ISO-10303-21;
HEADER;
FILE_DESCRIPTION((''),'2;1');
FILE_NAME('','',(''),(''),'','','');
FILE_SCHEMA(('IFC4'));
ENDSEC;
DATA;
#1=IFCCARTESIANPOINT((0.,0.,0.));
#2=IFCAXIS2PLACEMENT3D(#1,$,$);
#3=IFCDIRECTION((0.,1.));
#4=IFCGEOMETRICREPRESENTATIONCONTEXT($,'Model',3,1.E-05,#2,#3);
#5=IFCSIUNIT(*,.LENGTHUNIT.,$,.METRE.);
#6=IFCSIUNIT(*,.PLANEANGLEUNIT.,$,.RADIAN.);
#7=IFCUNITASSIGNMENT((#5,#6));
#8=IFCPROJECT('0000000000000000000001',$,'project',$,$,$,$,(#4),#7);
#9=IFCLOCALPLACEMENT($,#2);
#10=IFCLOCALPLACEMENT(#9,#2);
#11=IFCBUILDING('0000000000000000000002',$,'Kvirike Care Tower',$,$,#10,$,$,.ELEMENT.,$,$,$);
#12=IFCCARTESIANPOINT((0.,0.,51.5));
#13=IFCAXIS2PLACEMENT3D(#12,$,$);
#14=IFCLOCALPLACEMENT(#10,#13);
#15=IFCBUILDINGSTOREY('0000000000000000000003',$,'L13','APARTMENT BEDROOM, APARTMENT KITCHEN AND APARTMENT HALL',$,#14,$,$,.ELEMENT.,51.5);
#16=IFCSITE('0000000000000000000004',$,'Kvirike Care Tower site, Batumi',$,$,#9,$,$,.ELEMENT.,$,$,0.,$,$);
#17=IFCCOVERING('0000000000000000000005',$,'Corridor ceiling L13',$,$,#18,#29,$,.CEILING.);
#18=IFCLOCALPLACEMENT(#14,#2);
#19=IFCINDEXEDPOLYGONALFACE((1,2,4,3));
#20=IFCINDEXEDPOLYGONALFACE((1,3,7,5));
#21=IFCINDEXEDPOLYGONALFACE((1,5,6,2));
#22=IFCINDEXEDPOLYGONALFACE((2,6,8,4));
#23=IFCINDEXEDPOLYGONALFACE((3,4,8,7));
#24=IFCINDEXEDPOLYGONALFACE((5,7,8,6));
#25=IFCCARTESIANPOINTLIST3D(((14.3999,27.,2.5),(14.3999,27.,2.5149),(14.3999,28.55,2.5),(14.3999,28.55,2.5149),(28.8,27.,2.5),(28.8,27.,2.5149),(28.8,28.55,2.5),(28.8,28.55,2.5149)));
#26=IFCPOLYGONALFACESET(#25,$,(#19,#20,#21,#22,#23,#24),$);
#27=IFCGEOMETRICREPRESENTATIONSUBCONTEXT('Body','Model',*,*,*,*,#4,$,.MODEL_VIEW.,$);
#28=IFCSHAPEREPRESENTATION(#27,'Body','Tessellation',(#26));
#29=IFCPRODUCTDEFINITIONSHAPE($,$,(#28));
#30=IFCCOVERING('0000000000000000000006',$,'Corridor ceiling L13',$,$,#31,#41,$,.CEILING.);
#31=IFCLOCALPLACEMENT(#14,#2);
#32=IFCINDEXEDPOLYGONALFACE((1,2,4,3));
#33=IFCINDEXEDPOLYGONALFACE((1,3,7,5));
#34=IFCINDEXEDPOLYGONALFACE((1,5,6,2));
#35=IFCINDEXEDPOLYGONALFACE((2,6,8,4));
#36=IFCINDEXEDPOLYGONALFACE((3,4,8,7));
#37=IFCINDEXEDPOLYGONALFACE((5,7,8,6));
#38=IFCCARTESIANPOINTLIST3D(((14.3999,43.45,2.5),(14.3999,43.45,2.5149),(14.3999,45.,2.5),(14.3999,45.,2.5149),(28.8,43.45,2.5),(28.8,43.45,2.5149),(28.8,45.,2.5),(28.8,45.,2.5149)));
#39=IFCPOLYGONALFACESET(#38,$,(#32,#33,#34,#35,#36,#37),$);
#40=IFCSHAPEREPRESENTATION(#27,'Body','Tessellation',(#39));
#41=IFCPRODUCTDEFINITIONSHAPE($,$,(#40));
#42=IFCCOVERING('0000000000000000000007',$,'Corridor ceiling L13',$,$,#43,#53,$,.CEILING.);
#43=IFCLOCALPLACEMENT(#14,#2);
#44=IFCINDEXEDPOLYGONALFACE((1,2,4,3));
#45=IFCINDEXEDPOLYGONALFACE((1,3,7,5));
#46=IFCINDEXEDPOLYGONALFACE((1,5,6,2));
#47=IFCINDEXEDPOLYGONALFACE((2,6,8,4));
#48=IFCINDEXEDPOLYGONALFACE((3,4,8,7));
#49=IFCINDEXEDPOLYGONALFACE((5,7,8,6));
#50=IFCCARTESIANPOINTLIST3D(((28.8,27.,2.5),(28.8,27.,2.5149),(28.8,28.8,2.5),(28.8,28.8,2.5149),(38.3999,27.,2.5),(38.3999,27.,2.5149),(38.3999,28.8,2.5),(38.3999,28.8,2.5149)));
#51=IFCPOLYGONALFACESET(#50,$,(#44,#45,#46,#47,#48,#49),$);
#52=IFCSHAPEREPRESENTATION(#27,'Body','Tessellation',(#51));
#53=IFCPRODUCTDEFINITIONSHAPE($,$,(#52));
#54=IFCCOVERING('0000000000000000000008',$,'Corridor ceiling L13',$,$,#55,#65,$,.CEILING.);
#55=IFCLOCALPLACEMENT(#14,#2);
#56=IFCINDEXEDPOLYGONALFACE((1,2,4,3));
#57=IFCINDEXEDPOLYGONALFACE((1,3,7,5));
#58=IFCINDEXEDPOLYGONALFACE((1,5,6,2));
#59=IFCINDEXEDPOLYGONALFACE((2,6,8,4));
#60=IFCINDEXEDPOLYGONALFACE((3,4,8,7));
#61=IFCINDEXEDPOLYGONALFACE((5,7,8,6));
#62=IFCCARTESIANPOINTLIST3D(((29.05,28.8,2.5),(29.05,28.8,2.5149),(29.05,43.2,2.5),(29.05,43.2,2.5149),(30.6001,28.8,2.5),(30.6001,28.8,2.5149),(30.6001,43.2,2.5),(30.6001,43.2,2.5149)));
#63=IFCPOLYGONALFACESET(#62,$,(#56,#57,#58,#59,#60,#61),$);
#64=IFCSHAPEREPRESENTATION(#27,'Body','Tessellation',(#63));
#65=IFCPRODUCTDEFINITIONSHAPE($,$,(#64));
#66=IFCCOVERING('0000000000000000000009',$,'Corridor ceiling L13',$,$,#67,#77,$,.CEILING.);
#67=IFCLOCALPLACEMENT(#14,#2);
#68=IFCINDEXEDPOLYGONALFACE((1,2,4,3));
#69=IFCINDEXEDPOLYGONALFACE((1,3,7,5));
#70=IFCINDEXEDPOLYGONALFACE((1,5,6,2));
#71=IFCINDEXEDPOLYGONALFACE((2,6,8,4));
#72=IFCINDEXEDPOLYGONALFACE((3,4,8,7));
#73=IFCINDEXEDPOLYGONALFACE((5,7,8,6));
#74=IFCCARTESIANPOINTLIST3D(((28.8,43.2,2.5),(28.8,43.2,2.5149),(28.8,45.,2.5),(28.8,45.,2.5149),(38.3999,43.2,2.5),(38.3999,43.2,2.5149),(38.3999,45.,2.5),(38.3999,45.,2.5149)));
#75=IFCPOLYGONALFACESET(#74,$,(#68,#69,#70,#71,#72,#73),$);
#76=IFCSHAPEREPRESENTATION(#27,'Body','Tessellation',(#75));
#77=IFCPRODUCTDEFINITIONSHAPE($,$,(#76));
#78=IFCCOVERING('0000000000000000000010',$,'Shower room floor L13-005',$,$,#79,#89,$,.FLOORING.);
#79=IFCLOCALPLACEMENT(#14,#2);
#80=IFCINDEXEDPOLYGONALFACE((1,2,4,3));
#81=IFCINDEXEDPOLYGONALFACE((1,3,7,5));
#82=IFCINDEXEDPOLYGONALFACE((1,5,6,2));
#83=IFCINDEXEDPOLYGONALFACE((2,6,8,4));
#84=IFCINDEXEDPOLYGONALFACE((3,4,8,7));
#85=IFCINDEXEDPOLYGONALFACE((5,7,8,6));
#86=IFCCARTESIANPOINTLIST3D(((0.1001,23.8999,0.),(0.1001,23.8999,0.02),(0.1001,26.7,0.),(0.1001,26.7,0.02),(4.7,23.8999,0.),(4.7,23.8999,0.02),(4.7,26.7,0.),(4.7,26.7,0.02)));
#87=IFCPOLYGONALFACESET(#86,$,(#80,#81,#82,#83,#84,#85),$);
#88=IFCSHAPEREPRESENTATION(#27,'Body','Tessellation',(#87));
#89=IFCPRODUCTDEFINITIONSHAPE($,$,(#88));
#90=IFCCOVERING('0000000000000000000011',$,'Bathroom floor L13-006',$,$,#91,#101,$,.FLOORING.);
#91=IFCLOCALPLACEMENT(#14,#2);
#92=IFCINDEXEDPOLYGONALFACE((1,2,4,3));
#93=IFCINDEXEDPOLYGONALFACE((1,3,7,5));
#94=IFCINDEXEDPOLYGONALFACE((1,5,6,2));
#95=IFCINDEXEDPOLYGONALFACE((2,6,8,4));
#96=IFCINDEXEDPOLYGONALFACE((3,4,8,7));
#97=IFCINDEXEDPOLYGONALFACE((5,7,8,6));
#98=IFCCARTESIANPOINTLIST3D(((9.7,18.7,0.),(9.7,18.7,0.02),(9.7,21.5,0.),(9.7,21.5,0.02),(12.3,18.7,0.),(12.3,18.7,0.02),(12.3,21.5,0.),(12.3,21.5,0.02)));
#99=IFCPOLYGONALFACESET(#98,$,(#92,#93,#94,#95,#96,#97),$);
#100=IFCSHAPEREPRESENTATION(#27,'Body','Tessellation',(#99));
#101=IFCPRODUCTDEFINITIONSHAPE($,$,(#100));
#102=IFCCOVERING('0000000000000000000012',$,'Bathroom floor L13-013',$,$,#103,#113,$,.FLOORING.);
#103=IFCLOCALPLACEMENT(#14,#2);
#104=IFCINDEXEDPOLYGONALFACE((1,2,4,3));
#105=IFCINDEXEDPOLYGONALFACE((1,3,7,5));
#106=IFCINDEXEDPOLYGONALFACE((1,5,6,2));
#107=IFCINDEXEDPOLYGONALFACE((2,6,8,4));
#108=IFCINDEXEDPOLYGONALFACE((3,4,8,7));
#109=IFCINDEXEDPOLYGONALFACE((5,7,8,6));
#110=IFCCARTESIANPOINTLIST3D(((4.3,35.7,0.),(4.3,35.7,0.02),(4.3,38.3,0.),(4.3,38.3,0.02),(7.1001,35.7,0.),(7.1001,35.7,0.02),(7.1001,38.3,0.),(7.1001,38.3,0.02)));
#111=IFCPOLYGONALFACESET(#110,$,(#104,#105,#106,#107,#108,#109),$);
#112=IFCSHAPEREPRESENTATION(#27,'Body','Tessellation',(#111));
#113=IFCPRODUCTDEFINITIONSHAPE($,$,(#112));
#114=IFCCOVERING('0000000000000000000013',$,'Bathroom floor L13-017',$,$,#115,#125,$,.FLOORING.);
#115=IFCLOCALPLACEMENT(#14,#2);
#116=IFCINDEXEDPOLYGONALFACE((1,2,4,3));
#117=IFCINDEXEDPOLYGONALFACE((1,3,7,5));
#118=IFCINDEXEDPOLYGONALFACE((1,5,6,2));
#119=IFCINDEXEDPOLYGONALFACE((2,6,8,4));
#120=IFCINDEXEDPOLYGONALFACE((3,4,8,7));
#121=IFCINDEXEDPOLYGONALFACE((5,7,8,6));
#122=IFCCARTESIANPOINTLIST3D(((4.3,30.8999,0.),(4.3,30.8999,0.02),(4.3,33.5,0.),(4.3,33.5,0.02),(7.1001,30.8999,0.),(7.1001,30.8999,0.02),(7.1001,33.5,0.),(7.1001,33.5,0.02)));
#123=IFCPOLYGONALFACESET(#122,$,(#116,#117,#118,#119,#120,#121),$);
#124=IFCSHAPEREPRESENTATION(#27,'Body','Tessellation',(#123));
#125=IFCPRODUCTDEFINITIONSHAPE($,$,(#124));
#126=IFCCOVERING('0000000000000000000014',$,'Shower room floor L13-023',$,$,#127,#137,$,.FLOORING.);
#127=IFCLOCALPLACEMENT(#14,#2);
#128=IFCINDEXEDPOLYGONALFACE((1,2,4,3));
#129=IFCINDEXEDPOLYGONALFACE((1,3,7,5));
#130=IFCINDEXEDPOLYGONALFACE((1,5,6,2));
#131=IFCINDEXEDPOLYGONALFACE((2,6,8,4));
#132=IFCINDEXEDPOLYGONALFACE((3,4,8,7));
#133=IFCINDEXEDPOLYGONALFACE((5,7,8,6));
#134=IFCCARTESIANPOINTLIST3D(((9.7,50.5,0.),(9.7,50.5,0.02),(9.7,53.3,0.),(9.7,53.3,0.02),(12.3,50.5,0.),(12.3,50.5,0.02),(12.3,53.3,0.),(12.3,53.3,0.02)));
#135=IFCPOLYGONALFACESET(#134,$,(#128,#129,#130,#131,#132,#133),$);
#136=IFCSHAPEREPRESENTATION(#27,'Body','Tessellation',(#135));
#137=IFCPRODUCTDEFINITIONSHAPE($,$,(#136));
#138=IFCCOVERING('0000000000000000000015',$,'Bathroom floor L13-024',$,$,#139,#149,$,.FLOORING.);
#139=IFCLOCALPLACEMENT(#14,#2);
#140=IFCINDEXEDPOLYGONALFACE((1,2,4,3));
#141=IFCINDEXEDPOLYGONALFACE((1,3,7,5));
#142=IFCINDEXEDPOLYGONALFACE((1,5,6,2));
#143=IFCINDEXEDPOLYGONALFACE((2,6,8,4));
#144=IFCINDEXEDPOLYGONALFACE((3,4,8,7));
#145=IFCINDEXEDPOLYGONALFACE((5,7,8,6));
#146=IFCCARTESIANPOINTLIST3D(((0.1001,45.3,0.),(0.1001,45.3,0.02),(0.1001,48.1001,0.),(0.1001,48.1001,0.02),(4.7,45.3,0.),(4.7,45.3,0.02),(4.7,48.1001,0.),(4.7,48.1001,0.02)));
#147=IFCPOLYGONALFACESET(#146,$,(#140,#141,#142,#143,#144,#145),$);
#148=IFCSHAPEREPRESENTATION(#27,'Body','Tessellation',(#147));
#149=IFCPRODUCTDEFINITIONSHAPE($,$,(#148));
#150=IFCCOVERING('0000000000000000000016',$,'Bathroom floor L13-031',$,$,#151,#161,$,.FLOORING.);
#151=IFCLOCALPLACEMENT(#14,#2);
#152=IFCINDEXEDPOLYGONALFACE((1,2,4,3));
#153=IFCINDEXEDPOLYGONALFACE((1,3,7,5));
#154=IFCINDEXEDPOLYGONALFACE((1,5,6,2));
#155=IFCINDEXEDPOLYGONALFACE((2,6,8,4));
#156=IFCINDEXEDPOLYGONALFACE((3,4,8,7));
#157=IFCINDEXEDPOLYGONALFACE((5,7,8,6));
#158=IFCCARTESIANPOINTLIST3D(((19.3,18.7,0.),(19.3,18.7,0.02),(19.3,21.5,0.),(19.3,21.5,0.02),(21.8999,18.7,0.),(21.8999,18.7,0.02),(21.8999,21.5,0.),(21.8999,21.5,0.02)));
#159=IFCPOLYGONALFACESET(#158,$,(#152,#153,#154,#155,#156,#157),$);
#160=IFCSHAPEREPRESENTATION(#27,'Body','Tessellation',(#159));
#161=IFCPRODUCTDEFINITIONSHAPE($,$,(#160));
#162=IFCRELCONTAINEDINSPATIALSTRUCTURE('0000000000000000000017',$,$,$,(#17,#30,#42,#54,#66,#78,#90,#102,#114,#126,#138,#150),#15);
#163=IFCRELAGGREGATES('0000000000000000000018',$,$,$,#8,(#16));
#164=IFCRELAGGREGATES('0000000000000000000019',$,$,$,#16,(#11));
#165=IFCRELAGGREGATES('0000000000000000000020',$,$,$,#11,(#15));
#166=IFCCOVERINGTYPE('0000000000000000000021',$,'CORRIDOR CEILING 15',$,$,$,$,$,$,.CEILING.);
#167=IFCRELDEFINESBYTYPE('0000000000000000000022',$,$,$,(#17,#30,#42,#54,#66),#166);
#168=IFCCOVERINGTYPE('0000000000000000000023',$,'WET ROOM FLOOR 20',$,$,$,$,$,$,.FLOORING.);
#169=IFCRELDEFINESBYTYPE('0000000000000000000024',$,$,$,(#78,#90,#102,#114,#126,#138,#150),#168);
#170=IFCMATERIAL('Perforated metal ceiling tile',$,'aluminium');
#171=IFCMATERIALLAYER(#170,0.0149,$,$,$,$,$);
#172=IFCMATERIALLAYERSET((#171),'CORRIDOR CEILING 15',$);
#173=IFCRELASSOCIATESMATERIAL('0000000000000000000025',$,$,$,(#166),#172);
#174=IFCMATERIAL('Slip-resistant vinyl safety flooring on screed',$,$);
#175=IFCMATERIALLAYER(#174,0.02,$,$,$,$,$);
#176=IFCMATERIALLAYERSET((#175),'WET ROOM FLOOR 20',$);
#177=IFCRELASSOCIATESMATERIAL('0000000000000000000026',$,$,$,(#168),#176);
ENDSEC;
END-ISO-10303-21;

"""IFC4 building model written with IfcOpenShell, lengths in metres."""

from ifc_helpers import new_model, si_unit, direction, frame, origin, place, context, subcontext, project, spatial, polyline, outline, extrude, material, layer, layer_set, type_object, element, save


model = new_model("IFC4")

# Units and contexts
model_context = context("Model", 3, precision=1e-05, world=origin(), true_north=direction((0.0, 1.0)))
body_context = subcontext(model_context, "Body", "Model", "MODEL_VIEW")
ifc_project = project(units=[si_unit("LENGTHUNIT", "METRE"), si_unit("PLANEANGLEUNIT", "RADIAN")], contexts=[model_context])

# Site, building, storey
site_placement = place(None, origin())
site = spatial("IfcSite", under=ifc_project, at=site_placement, Name="Kvirike Care Tower site, Batumi", CompositionType="ELEMENT", RefElevation=0.0)
building_placement = place(site_placement, origin())
building = spatial("IfcBuilding", under=site, at=building_placement, Name="Kvirike Care Tower", CompositionType="ELEMENT")
storey_placement = place(building_placement, frame((0.0, 0.0, 51.5)))
storey = spatial("IfcBuildingStorey", under=building, at=storey_placement, Name="L13", Description="APARTMENT BEDROOM, APARTMENT KITCHEN AND APARTMENT HALL", CompositionType="ELEMENT", Elevation=51.5)

# Coverings
ifc_material_1 = material(Name="Perforated metal ceiling tile", Category="aluminium")
ifc_layer_1 = layer(ifc_material_1, 0.0149)
ifc_layer_set_1 = layer_set([ifc_layer_1], Name="CORRIDOR CEILING 15")
covering_type_1 = type_object("IfcCoveringType", Name="CORRIDOR CEILING 15", PredefinedType="CEILING", material=ifc_layer_set_1)
covering_1_placement = place(storey_placement, frame((0.0, 0.0, 2.5)))
element("IfcCovering", 1, at=covering_1_placement, inside=storey, type_object=covering_type_1, Name="Corridor ceiling L13", PredefinedType="CEILING", context=body_context, shape_type="SweptSolid", body=[
    extrude(outline(polyline([(14.3999, 27.0), (14.3999, 28.55), (28.8, 28.55), (28.8, 27.0), (14.3999, 27.0)])), origin(), (0.0, 0.0, 1.0), 0.0149),
])
covering_2_placement = place(storey_placement, frame((0.0, 0.0, 2.5)))
element("IfcCovering", 2, at=covering_2_placement, inside=storey, type_object=covering_type_1, Name="Corridor ceiling L13", PredefinedType="CEILING", context=body_context, shape_type="SweptSolid", body=[
    extrude(outline(polyline([(28.8, 45.0), (28.8, 43.45), (14.3999, 43.45), (14.3999, 45.0), (28.8, 45.0)])), origin(), (0.0, 0.0, 1.0), 0.0149),
])
covering_3_placement = place(storey_placement, frame((0.0, 0.0, 2.5)))
element("IfcCovering", 3, at=covering_3_placement, inside=storey, type_object=covering_type_1, Name="Corridor ceiling L13", PredefinedType="CEILING", context=body_context, shape_type="SweptSolid", body=[
    extrude(outline(polyline([(28.8, 27.0), (28.8, 28.8), (38.3999, 28.8), (38.3999, 27.0), (28.8, 27.0)])), origin(), (0.0, 0.0, 1.0), 0.0149),
])
covering_4_placement = place(storey_placement, frame((0.0, 0.0, 2.5)))
element("IfcCovering", 4, at=covering_4_placement, inside=storey, type_object=covering_type_1, Name="Corridor ceiling L13", PredefinedType="CEILING", context=body_context, shape_type="SweptSolid", body=[
    extrude(outline(polyline([(30.6001, 28.8), (29.05, 28.8), (29.05, 43.2), (30.6001, 43.2), (30.6001, 28.8)])), origin(), (0.0, 0.0, 1.0), 0.0149),
])
covering_5_placement = place(storey_placement, frame((0.0, 0.0, 2.5)))
element("IfcCovering", 5, at=covering_5_placement, inside=storey, type_object=covering_type_1, Name="Corridor ceiling L13", PredefinedType="CEILING", context=body_context, shape_type="SweptSolid", body=[
    extrude(outline(polyline([(38.3999, 45.0), (38.3999, 43.2), (28.8, 43.2), (28.8, 45.0), (38.3999, 45.0)])), origin(), (0.0, 0.0, 1.0), 0.0149),
])
ifc_material_2 = material(Name="Slip-resistant vinyl safety flooring on screed")
ifc_layer_2 = layer(ifc_material_2, 0.02)
ifc_layer_set_2 = layer_set([ifc_layer_2], Name="WET ROOM FLOOR 20")
covering_type_2 = type_object("IfcCoveringType", Name="WET ROOM FLOOR 20", PredefinedType="FLOORING", material=ifc_layer_set_2)
covering_6_placement = place(storey_placement, origin())
element("IfcCovering", 6, at=covering_6_placement, inside=storey, type_object=covering_type_2, Name="Shower room floor L13-005", PredefinedType="FLOORING", context=body_context, shape_type="SweptSolid", body=[
    extrude(outline(polyline([(0.1001, 23.8999), (0.1001, 26.7), (4.7, 26.7), (4.7, 23.8999), (0.1001, 23.8999)])), origin(), (0.0, 0.0, 1.0), 0.02),
])
covering_7_placement = place(storey_placement, origin())
element("IfcCovering", 7, at=covering_7_placement, inside=storey, type_object=covering_type_2, Name="Bathroom floor L13-006", PredefinedType="FLOORING", context=body_context, shape_type="SweptSolid", body=[
    extrude(outline(polyline([(9.7, 18.7), (9.7, 21.5), (12.3, 21.5), (12.3, 18.7), (9.7, 18.7)])), origin(), (0.0, 0.0, 1.0), 0.02),
])
covering_8_placement = place(storey_placement, origin())
element("IfcCovering", 8, at=covering_8_placement, inside=storey, type_object=covering_type_2, Name="Bathroom floor L13-013", PredefinedType="FLOORING", context=body_context, shape_type="SweptSolid", body=[
    extrude(outline(polyline([(4.3, 38.3), (7.1001, 38.3), (7.1001, 35.7), (4.3, 35.7), (4.3, 38.3)])), origin(), (0.0, 0.0, 1.0), 0.02),
])
covering_9_placement = place(storey_placement, origin())
element("IfcCovering", 9, at=covering_9_placement, inside=storey, type_object=covering_type_2, Name="Bathroom floor L13-017", PredefinedType="FLOORING", context=body_context, shape_type="SweptSolid", body=[
    extrude(outline(polyline([(4.3, 33.5), (7.1001, 33.5), (7.1001, 30.8999), (4.3, 30.8999), (4.3, 33.5)])), origin(), (0.0, 0.0, 1.0), 0.02),
])
covering_10_placement = place(storey_placement, origin())
element("IfcCovering", 10, at=covering_10_placement, inside=storey, type_object=covering_type_2, Name="Shower room floor L13-023", PredefinedType="FLOORING", context=body_context, shape_type="SweptSolid", body=[
    extrude(outline(polyline([(12.3, 53.3), (12.3, 50.5), (9.7, 50.5), (9.7, 53.3), (12.3, 53.3)])), origin(), (0.0, 0.0, 1.0), 0.02),
])
covering_11_placement = place(storey_placement, origin())
element("IfcCovering", 11, at=covering_11_placement, inside=storey, type_object=covering_type_2, Name="Bathroom floor L13-024", PredefinedType="FLOORING", context=body_context, shape_type="SweptSolid", body=[
    extrude(outline(polyline([(4.7, 48.1001), (4.7, 45.3), (0.1001, 45.3), (0.1001, 48.1001), (4.7, 48.1001)])), origin(), (0.0, 0.0, 1.0), 0.02),
])
covering_12_placement = place(storey_placement, origin())
element("IfcCovering", 12, at=covering_12_placement, inside=storey, type_object=covering_type_2, Name="Bathroom floor L13-031", PredefinedType="FLOORING", context=body_context, shape_type="SweptSolid", body=[
    extrude(outline(polyline([(19.3, 18.7), (19.3, 21.5), (21.8999, 21.5), (21.8999, 18.7), (19.3, 18.7)])), origin(), (0.0, 0.0, 1.0), 0.02),
])

save(model, "model.ifc")
